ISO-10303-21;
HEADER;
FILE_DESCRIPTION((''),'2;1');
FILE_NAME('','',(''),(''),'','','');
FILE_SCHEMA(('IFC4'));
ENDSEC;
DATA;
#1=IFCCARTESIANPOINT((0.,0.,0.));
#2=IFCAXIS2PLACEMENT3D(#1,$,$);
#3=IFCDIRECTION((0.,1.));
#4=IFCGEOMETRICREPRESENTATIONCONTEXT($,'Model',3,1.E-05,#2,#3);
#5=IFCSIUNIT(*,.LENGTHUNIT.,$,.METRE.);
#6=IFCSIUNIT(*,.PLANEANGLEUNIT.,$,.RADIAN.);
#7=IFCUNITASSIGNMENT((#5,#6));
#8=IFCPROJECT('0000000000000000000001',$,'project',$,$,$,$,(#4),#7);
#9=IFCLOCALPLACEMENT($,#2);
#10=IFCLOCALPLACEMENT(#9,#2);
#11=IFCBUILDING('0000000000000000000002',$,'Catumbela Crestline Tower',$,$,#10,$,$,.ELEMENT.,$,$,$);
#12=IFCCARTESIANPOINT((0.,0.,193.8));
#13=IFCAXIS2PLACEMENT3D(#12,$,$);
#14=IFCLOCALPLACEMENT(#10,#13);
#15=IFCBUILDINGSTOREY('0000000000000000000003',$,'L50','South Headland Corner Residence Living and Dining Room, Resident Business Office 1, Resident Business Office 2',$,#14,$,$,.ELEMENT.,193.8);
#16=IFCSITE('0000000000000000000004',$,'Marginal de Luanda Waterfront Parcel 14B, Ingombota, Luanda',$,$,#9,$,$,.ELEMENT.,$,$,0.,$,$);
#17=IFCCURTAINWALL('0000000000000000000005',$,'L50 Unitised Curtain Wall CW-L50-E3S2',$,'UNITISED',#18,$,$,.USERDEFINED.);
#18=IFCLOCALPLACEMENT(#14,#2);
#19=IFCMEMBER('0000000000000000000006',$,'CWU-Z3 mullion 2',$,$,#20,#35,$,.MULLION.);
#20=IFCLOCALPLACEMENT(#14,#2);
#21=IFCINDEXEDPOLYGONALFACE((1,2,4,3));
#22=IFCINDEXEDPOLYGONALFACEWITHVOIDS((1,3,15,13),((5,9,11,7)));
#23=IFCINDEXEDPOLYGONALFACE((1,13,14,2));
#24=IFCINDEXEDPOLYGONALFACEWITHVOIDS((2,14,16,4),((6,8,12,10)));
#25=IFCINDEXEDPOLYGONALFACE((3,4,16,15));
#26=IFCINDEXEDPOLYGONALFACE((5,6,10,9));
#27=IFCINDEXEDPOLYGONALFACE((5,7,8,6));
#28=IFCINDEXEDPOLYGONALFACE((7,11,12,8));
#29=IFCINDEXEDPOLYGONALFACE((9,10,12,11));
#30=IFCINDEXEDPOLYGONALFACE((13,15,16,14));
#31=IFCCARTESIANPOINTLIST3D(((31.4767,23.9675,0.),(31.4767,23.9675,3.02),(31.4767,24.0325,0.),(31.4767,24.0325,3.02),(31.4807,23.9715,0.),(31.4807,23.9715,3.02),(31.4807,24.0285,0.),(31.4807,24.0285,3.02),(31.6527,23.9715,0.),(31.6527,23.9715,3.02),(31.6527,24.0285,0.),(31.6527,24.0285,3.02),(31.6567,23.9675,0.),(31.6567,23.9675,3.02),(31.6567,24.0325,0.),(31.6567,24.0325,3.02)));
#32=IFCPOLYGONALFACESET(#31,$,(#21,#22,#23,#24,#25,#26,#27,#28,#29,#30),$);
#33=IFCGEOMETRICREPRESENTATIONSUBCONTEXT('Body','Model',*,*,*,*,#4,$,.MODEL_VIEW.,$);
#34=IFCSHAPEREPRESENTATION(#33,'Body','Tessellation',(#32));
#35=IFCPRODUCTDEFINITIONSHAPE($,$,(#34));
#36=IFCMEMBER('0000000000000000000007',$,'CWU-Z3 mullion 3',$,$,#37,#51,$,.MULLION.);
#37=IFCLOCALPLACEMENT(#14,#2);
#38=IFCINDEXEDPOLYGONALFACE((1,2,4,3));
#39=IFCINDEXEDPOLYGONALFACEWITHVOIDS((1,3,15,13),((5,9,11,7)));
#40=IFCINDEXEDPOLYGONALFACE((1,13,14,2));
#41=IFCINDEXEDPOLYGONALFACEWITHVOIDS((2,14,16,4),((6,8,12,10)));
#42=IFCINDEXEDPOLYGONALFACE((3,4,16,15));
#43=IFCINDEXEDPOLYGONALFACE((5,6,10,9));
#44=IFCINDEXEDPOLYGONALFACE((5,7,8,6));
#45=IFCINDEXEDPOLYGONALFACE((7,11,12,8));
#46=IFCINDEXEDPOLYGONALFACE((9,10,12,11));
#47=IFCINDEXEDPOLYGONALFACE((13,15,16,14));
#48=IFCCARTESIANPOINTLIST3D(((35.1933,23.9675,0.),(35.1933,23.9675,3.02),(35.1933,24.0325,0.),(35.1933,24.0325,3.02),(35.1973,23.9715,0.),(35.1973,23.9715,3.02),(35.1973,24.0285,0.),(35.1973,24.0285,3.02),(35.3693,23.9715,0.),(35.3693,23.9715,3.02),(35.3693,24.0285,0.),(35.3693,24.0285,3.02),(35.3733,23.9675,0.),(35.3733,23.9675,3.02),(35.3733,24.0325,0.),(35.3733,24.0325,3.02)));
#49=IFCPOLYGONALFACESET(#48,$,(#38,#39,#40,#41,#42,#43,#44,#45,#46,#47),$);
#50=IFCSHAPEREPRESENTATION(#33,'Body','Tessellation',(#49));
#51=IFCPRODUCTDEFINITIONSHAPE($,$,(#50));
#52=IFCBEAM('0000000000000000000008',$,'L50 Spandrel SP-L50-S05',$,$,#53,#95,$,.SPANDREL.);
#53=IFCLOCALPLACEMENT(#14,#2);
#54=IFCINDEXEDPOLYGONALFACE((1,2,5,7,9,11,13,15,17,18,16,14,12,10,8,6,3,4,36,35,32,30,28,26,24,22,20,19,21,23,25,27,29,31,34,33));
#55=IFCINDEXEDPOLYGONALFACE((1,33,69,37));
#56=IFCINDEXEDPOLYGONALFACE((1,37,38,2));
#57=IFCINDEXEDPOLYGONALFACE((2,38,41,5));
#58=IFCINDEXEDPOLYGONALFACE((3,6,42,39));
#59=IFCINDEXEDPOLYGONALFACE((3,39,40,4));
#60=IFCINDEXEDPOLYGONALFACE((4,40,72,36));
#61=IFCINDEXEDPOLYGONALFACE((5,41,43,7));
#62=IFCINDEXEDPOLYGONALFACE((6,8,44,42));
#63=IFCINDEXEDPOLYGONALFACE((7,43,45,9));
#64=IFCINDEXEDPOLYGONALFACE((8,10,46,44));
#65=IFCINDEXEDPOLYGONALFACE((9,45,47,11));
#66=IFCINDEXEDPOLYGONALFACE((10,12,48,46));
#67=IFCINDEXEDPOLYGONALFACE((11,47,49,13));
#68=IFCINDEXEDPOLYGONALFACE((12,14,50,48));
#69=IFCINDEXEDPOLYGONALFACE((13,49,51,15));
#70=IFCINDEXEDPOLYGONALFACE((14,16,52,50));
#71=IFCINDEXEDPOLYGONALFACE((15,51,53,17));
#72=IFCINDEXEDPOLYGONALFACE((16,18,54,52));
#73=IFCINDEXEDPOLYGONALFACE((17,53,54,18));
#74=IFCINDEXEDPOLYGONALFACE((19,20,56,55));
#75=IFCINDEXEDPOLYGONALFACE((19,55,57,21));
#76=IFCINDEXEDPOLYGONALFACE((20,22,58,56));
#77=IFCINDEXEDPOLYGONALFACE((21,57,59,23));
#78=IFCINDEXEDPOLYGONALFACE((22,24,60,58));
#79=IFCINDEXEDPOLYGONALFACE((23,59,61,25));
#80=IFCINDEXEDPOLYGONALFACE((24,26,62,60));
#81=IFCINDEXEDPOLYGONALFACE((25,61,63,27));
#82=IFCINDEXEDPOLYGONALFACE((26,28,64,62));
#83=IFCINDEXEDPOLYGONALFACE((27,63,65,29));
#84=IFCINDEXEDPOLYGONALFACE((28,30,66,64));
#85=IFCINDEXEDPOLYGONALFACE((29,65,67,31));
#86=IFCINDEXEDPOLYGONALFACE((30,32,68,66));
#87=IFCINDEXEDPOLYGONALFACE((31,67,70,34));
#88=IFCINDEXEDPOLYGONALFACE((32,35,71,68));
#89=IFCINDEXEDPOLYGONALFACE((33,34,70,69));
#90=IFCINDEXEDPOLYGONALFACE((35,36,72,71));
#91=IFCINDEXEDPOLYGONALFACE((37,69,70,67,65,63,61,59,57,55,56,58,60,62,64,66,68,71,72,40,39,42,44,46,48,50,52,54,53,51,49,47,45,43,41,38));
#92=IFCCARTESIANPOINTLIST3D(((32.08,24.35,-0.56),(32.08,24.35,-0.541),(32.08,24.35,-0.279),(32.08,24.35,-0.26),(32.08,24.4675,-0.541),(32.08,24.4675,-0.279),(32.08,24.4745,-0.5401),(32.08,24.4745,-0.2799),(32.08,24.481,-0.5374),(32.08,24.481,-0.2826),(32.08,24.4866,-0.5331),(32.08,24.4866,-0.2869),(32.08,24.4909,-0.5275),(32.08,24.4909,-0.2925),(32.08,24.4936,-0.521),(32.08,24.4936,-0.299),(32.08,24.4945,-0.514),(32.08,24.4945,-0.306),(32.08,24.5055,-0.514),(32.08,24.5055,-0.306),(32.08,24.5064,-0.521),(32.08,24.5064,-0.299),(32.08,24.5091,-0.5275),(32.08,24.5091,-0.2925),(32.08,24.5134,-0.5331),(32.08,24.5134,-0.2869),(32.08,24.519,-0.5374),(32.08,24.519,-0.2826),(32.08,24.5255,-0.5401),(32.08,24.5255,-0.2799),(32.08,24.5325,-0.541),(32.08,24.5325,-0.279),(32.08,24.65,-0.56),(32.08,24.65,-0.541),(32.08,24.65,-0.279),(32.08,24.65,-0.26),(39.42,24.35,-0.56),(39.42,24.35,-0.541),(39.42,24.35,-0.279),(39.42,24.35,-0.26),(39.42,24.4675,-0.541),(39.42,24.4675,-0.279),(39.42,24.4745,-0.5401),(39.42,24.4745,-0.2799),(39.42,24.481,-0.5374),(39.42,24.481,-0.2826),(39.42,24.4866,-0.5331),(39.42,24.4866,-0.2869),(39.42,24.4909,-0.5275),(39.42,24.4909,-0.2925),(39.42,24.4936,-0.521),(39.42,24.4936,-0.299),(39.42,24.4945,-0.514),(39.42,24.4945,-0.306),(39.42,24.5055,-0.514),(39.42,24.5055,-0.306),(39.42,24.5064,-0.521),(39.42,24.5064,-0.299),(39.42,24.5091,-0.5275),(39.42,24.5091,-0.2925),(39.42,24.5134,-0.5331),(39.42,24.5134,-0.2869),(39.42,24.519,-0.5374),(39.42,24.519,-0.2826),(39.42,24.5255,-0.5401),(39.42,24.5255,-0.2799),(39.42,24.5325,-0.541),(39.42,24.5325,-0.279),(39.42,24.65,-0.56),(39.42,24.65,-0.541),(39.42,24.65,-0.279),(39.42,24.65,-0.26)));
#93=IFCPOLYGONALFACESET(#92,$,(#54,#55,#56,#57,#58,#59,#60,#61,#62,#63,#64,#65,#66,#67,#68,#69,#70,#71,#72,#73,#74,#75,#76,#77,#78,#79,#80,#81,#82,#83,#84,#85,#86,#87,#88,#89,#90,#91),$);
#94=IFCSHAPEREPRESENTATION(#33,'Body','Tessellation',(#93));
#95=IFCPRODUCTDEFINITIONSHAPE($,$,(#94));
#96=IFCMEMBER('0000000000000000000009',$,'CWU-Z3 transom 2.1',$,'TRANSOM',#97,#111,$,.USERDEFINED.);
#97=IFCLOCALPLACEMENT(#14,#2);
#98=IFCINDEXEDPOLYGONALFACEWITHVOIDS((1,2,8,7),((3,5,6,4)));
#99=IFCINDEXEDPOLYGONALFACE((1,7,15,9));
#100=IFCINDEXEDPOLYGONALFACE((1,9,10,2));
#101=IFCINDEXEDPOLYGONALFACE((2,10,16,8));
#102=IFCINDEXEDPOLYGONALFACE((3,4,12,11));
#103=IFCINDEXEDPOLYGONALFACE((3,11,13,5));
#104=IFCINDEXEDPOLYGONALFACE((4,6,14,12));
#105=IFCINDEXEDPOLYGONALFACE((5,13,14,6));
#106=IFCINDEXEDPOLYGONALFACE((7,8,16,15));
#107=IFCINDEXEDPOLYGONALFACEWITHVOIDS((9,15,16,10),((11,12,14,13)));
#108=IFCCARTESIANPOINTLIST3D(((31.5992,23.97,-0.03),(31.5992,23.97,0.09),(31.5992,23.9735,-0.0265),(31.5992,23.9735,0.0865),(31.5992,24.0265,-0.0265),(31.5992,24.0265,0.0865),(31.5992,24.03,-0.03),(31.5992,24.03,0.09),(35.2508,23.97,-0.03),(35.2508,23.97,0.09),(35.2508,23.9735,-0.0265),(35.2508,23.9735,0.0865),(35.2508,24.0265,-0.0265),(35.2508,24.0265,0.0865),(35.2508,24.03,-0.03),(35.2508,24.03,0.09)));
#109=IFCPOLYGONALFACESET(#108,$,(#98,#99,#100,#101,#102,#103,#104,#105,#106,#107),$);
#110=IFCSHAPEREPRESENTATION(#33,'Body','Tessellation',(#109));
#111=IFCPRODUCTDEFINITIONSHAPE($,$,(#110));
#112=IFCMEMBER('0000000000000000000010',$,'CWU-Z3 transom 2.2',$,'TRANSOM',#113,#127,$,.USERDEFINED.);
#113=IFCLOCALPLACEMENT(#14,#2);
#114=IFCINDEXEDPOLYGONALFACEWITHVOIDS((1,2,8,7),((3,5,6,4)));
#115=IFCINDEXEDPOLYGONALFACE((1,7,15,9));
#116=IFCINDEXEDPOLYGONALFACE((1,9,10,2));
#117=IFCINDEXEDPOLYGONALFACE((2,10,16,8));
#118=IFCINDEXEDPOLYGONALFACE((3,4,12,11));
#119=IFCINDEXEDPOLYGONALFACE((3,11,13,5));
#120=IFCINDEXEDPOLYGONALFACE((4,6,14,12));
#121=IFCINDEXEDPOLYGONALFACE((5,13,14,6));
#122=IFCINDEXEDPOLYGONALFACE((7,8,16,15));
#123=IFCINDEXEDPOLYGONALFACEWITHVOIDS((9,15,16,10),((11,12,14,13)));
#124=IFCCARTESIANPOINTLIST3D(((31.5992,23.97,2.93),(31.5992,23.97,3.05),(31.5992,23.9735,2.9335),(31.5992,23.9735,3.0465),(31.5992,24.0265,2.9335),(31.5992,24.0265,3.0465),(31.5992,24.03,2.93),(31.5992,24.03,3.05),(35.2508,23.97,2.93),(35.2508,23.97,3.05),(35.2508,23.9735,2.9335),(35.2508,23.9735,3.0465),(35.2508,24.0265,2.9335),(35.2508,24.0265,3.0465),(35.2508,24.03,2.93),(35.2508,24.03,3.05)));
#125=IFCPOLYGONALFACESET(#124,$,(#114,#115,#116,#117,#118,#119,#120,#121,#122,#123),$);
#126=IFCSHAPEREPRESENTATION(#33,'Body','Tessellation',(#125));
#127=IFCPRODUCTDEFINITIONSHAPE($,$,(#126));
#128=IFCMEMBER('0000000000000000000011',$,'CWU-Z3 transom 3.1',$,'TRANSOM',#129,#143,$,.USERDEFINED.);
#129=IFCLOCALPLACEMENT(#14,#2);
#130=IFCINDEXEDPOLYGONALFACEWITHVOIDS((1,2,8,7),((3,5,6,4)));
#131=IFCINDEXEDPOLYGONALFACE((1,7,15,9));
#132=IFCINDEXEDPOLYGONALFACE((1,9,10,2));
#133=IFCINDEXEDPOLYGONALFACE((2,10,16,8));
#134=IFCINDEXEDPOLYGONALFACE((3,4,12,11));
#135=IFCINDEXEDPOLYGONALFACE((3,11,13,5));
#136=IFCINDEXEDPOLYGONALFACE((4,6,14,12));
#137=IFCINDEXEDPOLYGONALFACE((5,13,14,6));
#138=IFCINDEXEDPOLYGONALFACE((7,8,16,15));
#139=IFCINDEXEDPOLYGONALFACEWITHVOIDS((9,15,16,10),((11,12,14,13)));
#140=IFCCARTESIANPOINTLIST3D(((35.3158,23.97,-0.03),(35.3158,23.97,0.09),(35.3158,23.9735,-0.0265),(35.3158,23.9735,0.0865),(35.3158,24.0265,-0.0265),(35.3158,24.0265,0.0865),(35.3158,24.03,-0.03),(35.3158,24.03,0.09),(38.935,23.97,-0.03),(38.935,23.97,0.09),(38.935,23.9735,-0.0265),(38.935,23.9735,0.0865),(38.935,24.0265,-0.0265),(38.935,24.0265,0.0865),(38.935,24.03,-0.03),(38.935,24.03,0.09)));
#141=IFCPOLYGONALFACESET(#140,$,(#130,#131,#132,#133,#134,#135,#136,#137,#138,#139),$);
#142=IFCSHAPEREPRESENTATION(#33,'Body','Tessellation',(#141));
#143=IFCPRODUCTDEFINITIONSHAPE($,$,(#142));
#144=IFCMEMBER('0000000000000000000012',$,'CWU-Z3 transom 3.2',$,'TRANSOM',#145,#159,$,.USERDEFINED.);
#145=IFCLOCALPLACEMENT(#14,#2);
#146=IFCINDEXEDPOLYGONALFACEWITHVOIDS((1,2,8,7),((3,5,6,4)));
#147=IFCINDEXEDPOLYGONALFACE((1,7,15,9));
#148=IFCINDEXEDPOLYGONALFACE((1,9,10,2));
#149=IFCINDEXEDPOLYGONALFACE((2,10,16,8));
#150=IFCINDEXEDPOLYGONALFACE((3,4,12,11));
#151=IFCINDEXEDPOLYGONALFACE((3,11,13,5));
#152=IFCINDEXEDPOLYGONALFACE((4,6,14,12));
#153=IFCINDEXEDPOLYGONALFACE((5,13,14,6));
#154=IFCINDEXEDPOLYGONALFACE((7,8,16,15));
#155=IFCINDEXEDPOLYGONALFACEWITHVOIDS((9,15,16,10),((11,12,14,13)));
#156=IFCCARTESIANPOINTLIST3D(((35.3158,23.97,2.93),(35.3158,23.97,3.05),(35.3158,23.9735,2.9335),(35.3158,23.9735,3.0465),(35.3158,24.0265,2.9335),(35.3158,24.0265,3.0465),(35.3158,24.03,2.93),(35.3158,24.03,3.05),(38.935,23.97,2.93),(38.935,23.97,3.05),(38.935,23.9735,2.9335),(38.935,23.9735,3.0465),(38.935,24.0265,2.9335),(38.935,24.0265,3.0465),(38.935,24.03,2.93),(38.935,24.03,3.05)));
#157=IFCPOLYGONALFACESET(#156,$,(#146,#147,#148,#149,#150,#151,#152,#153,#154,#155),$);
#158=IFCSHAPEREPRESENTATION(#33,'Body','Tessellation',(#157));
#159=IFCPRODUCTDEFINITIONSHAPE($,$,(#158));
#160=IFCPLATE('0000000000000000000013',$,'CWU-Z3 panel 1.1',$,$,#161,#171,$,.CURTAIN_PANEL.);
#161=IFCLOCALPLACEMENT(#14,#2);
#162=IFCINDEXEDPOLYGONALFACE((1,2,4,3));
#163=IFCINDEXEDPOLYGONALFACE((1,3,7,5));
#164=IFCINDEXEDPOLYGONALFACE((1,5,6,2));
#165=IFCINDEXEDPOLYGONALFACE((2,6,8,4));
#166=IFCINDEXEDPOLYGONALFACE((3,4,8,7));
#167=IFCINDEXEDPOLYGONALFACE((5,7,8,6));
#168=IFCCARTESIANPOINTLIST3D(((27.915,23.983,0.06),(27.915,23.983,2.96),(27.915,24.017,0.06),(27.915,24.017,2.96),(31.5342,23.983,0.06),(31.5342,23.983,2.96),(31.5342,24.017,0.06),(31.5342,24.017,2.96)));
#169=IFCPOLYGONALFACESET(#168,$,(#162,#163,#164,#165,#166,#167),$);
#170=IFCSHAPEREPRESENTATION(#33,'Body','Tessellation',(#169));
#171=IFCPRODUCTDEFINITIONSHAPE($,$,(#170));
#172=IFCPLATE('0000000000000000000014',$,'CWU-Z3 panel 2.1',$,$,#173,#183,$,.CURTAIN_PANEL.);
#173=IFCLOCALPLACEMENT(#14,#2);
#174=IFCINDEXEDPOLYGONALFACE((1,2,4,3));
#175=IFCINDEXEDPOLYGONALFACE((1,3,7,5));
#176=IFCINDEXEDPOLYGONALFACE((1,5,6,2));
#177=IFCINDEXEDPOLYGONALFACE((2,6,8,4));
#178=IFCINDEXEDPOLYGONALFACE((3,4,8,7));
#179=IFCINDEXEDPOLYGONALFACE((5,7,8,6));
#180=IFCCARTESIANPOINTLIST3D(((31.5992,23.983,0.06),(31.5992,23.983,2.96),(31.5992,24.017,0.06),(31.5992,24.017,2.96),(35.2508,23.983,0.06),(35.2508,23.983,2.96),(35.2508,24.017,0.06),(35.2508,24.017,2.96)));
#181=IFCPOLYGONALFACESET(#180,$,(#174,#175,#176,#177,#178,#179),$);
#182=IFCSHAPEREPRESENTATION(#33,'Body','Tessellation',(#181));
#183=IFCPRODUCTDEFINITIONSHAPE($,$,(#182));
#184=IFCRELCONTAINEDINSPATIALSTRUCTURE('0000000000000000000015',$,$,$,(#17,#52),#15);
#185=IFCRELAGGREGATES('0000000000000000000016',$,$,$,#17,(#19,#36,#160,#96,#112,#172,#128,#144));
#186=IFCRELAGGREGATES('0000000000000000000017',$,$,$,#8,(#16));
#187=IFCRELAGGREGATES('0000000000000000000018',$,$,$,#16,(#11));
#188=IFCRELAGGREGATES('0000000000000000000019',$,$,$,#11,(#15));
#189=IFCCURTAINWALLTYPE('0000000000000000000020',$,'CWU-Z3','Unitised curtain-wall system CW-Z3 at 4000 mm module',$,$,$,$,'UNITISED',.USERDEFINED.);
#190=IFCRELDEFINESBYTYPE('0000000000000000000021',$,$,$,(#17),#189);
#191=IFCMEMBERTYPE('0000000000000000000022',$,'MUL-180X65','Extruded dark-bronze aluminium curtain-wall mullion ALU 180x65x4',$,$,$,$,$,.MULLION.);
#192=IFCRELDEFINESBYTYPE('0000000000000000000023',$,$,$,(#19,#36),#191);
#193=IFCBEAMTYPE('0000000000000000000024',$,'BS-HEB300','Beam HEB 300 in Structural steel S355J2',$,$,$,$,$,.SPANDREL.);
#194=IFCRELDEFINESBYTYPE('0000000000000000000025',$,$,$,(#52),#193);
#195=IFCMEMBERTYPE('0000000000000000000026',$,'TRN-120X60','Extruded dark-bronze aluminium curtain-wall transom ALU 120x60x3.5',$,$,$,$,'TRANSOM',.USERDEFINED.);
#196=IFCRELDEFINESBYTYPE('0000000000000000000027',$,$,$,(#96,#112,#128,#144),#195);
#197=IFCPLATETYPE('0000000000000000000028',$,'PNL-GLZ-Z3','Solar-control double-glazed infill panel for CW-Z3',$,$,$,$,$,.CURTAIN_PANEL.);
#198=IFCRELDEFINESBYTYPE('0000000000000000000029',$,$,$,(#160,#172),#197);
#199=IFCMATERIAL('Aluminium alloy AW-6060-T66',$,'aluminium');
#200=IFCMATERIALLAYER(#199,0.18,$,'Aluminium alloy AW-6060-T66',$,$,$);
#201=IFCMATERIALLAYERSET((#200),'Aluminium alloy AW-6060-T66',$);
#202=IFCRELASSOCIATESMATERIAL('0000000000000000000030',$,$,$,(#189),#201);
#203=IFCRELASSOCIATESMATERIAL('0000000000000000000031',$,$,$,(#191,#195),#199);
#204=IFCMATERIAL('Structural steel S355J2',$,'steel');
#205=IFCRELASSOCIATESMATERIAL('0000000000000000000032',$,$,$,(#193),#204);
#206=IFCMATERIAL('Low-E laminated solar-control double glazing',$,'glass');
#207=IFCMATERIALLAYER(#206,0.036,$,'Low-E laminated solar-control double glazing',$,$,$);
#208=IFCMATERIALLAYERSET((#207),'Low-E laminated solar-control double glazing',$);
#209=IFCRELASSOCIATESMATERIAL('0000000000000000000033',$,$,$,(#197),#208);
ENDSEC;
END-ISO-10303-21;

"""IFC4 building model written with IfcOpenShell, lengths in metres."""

from ifc_helpers import new_model, si_unit, direction, frame, origin, origin_2d, place, context, subcontext, project, spatial, rectangle, hollow_rectangle, i_section, extrude, material, layer, layer_set, material_profile, profile_set, type_object, element, aggregate, save


model = new_model("IFC4")

# Units and contexts
model_context = context("Model", 3, precision=1e-05, world=origin(), true_north=direction((0.0, 1.0)))
body_context = subcontext(model_context, "Body", "Model", "MODEL_VIEW")
ifc_project = project(units=[si_unit("LENGTHUNIT", "METRE"), si_unit("PLANEANGLEUNIT", "RADIAN")], contexts=[model_context])

# Site, building, storey
site_placement = place(None, origin())
site = spatial("IfcSite", under=ifc_project, at=site_placement, Name="Marginal de Luanda Waterfront Parcel 14B, Ingombota, Luanda", CompositionType="ELEMENT", RefElevation=0.0)
building_placement = place(site_placement, origin())
building = spatial("IfcBuilding", under=site, at=building_placement, Name="Catumbela Crestline Tower", CompositionType="ELEMENT")
storey_placement = place(building_placement, frame((0.0, 0.0, 193.8)))
storey = spatial("IfcBuildingStorey", under=building, at=storey_placement, Name="L50", Description="South Headland Corner Residence Living and Dining Room, Resident Business Office 1, Resident Business Office 2", CompositionType="ELEMENT", Elevation=193.8)

# Shared definitions
ifc_material_1 = material(Name="Structural steel S355J2", Category="steel")

# Curtain wall, members
ifc_material_2 = material(Name="Aluminium alloy AW-6060-T66", Category="aluminium")
ifc_layer_1 = layer(ifc_material_2, 0.18, Name="Aluminium alloy AW-6060-T66")
ifc_layer_set_1 = layer_set([ifc_layer_1], Name="Aluminium alloy AW-6060-T66")
curtain_wall_type = type_object("IfcCurtainWallType", Name="CWU-Z3", Description="Unitised curtain-wall system CW-Z3 at 4000 mm module", ElementType="UNITISED", PredefinedType="USERDEFINED", material=ifc_layer_set_1)
curtain_wall_placement = place(storey_placement, origin())
curtain_wall = element("IfcCurtainWall", 1, at=curtain_wall_placement, inside=storey, type_object=curtain_wall_type, Name="L50 Unitised Curtain Wall CW-L50-E3S2", ObjectType="UNITISED", PredefinedType="USERDEFINED")
ifc_material_profile_1 = material_profile(ifc_material_2, hollow_rectangle(XDim=0.065, YDim=0.18, WallThickness=0.004, at=origin_2d()), Name="ALU 180x65x4")
ifc_profile_set_1 = profile_set([ifc_material_profile_1], Name="Aluminium alloy AW-6060-T66")
member_type_1 = type_object("IfcMemberType", Name="MUL-180X65", Description="Extruded dark-bronze aluminium curtain-wall mullion ALU 180x65x4", PredefinedType="MULLION", material=ifc_profile_set_1)
member_1_placement = place(storey_placement, frame((31.5667, 24.0, 0.0), z_axis=(0.0, 0.0, 1.0), x_axis=(0.0, 1.0, 0.0)))
member_1 = element("IfcMember", 2, at=member_1_placement, type_object=member_type_1, Name="CWU-Z3 mullion 2", PredefinedType="MULLION", context=body_context, shape_type="SweptSolid", body=[
    extrude(hollow_rectangle(XDim=0.065, YDim=0.18, WallThickness=0.004, at=origin_2d()), origin(), (0.0, 0.0, 1.0), 3.02),
])
member_2_placement = place(storey_placement, frame((35.2833, 24.0, 0.0), z_axis=(0.0, 0.0, 1.0), x_axis=(0.0, 1.0, 0.0)))
member_2 = element("IfcMember", 3, at=member_2_placement, type_object=member_type_1, Name="CWU-Z3 mullion 3", PredefinedType="MULLION", context=body_context, shape_type="SweptSolid", body=[
    extrude(hollow_rectangle(XDim=0.065, YDim=0.18, WallThickness=0.004, at=origin_2d()), origin(), (0.0, 0.0, 1.0), 3.02),
])

# Beam
ifc_material_profile_2 = material_profile(ifc_material_1, i_section(OverallWidth=0.3, OverallDepth=0.3, WebThickness=0.011, FlangeThickness=0.019, FilletRadius=0.027, at=origin_2d()), Name="HEB 300")
ifc_profile_set_2 = profile_set([ifc_material_profile_2], Name="Structural steel S355J2")
beam_type_1 = type_object("IfcBeamType", Name="BS-HEB300", Description="Beam HEB 300 in Structural steel S355J2", PredefinedType="SPANDREL", material=ifc_profile_set_2)
beam_1_placement = place(storey_placement, frame((32.08, 24.5, -0.41), z_axis=(1.0, 0.0, 0.0), x_axis=(0.0, 1.0, 0.0)))
element("IfcBeam", 4, at=beam_1_placement, inside=storey, type_object=beam_type_1, Name="L50 Spandrel SP-L50-S05", PredefinedType="SPANDREL", context=body_context, shape_type="SweptSolid", body=[
    extrude(i_section(OverallWidth=0.3, OverallDepth=0.3, WebThickness=0.011, FlangeThickness=0.019, FilletRadius=0.027, at=origin_2d()), origin(), (0.0, 0.0, 1.0), 7.34),
])

# Members
ifc_material_profile_3 = material_profile(ifc_material_2, hollow_rectangle(XDim=0.06, YDim=0.12, WallThickness=0.0035, at=origin_2d()), Name="ALU 120x60x3.5")
ifc_profile_set_3 = profile_set([ifc_material_profile_3], Name="Aluminium alloy AW-6060-T66")
member_type_2 = type_object("IfcMemberType", Name="TRN-120X60", Description="Extruded dark-bronze aluminium curtain-wall transom ALU 120x60x3.5", ElementType="TRANSOM", PredefinedType="USERDEFINED", material=ifc_profile_set_3)
member_3_placement = place(storey_placement, frame((31.5992, 24.0, 0.03), z_axis=(1.0, 0.0, 0.0), x_axis=(0.0, 1.0, 0.0)))
member_3 = element("IfcMember", 5, at=member_3_placement, type_object=member_type_2, Name="CWU-Z3 transom 2.1", ObjectType="TRANSOM", PredefinedType="USERDEFINED", context=body_context, shape_type="SweptSolid", body=[
    extrude(hollow_rectangle(XDim=0.06, YDim=0.12, WallThickness=0.0035, at=origin_2d()), origin(), (0.0, 0.0, 1.0), 3.6516),
])
member_4_placement = place(storey_placement, frame((31.5992, 24.0, 2.99), z_axis=(1.0, 0.0, 0.0), x_axis=(0.0, 1.0, 0.0)))
member_4 = element("IfcMember", 6, at=member_4_placement, type_object=member_type_2, Name="CWU-Z3 transom 2.2", ObjectType="TRANSOM", PredefinedType="USERDEFINED", context=body_context, shape_type="SweptSolid", body=[
    extrude(hollow_rectangle(XDim=0.06, YDim=0.12, WallThickness=0.0035, at=origin_2d()), origin(), (0.0, 0.0, 1.0), 3.6516),
])
member_5_placement = place(storey_placement, frame((35.3158, 24.0, 0.03), z_axis=(1.0, 0.0, 0.0), x_axis=(0.0, 1.0, 0.0)))
member_5 = element("IfcMember", 7, at=member_5_placement, type_object=member_type_2, Name="CWU-Z3 transom 3.1", ObjectType="TRANSOM", PredefinedType="USERDEFINED", context=body_context, shape_type="SweptSolid", body=[
    extrude(hollow_rectangle(XDim=0.06, YDim=0.12, WallThickness=0.0035, at=origin_2d()), origin(), (0.0, 0.0, 1.0), 3.6192),
])
member_6_placement = place(storey_placement, frame((35.3158, 24.0, 2.99), z_axis=(1.0, 0.0, 0.0), x_axis=(0.0, 1.0, 0.0)))
member_6 = element("IfcMember", 8, at=member_6_placement, type_object=member_type_2, Name="CWU-Z3 transom 3.2", ObjectType="TRANSOM", PredefinedType="USERDEFINED", context=body_context, shape_type="SweptSolid", body=[
    extrude(hollow_rectangle(XDim=0.06, YDim=0.12, WallThickness=0.0035, at=origin_2d()), origin(), (0.0, 0.0, 1.0), 3.6192),
])

# Plates
ifc_material_3 = material(Name="Low-E laminated solar-control double glazing", Category="glass")
ifc_layer_2 = layer(ifc_material_3, 0.036, Name="Low-E laminated solar-control double glazing")
ifc_layer_set_2 = layer_set([ifc_layer_2], Name="Low-E laminated solar-control double glazing")
plate_type = type_object("IfcPlateType", Name="PNL-GLZ-Z3", Description="Solar-control double-glazed infill panel for CW-Z3", PredefinedType="CURTAIN_PANEL", material=ifc_layer_set_2)
plate_1_placement = place(storey_placement, frame((29.7246, 24.0, 0.06), z_axis=(0.0, 0.0, 1.0), x_axis=(1.0, 0.0, 0.0)))
plate_1 = element("IfcPlate", 9, at=plate_1_placement, type_object=plate_type, Name="CWU-Z3 panel 1.1", PredefinedType="CURTAIN_PANEL", context=body_context, shape_type="SweptSolid", body=[
    extrude(rectangle(XDim=3.6192, YDim=0.034, at=origin_2d()), origin(), (0.0, 0.0, 1.0), 2.9),
])
plate_2_placement = place(storey_placement, frame((33.425, 24.0, 0.06), z_axis=(0.0, 0.0, 1.0), x_axis=(1.0, 0.0, 0.0)))
plate_2 = element("IfcPlate", 10, at=plate_2_placement, type_object=plate_type, Name="CWU-Z3 panel 2.1", PredefinedType="CURTAIN_PANEL", context=body_context, shape_type="SweptSolid", body=[
    extrude(rectangle(XDim=3.6517, YDim=0.034, at=origin_2d()), origin(), (0.0, 0.0, 1.0), 2.9),
])
aggregate(curtain_wall, [member_1, member_2, plate_1, member_3, member_4, plate_2, member_5, member_6])

save(model, "model.ifc")
